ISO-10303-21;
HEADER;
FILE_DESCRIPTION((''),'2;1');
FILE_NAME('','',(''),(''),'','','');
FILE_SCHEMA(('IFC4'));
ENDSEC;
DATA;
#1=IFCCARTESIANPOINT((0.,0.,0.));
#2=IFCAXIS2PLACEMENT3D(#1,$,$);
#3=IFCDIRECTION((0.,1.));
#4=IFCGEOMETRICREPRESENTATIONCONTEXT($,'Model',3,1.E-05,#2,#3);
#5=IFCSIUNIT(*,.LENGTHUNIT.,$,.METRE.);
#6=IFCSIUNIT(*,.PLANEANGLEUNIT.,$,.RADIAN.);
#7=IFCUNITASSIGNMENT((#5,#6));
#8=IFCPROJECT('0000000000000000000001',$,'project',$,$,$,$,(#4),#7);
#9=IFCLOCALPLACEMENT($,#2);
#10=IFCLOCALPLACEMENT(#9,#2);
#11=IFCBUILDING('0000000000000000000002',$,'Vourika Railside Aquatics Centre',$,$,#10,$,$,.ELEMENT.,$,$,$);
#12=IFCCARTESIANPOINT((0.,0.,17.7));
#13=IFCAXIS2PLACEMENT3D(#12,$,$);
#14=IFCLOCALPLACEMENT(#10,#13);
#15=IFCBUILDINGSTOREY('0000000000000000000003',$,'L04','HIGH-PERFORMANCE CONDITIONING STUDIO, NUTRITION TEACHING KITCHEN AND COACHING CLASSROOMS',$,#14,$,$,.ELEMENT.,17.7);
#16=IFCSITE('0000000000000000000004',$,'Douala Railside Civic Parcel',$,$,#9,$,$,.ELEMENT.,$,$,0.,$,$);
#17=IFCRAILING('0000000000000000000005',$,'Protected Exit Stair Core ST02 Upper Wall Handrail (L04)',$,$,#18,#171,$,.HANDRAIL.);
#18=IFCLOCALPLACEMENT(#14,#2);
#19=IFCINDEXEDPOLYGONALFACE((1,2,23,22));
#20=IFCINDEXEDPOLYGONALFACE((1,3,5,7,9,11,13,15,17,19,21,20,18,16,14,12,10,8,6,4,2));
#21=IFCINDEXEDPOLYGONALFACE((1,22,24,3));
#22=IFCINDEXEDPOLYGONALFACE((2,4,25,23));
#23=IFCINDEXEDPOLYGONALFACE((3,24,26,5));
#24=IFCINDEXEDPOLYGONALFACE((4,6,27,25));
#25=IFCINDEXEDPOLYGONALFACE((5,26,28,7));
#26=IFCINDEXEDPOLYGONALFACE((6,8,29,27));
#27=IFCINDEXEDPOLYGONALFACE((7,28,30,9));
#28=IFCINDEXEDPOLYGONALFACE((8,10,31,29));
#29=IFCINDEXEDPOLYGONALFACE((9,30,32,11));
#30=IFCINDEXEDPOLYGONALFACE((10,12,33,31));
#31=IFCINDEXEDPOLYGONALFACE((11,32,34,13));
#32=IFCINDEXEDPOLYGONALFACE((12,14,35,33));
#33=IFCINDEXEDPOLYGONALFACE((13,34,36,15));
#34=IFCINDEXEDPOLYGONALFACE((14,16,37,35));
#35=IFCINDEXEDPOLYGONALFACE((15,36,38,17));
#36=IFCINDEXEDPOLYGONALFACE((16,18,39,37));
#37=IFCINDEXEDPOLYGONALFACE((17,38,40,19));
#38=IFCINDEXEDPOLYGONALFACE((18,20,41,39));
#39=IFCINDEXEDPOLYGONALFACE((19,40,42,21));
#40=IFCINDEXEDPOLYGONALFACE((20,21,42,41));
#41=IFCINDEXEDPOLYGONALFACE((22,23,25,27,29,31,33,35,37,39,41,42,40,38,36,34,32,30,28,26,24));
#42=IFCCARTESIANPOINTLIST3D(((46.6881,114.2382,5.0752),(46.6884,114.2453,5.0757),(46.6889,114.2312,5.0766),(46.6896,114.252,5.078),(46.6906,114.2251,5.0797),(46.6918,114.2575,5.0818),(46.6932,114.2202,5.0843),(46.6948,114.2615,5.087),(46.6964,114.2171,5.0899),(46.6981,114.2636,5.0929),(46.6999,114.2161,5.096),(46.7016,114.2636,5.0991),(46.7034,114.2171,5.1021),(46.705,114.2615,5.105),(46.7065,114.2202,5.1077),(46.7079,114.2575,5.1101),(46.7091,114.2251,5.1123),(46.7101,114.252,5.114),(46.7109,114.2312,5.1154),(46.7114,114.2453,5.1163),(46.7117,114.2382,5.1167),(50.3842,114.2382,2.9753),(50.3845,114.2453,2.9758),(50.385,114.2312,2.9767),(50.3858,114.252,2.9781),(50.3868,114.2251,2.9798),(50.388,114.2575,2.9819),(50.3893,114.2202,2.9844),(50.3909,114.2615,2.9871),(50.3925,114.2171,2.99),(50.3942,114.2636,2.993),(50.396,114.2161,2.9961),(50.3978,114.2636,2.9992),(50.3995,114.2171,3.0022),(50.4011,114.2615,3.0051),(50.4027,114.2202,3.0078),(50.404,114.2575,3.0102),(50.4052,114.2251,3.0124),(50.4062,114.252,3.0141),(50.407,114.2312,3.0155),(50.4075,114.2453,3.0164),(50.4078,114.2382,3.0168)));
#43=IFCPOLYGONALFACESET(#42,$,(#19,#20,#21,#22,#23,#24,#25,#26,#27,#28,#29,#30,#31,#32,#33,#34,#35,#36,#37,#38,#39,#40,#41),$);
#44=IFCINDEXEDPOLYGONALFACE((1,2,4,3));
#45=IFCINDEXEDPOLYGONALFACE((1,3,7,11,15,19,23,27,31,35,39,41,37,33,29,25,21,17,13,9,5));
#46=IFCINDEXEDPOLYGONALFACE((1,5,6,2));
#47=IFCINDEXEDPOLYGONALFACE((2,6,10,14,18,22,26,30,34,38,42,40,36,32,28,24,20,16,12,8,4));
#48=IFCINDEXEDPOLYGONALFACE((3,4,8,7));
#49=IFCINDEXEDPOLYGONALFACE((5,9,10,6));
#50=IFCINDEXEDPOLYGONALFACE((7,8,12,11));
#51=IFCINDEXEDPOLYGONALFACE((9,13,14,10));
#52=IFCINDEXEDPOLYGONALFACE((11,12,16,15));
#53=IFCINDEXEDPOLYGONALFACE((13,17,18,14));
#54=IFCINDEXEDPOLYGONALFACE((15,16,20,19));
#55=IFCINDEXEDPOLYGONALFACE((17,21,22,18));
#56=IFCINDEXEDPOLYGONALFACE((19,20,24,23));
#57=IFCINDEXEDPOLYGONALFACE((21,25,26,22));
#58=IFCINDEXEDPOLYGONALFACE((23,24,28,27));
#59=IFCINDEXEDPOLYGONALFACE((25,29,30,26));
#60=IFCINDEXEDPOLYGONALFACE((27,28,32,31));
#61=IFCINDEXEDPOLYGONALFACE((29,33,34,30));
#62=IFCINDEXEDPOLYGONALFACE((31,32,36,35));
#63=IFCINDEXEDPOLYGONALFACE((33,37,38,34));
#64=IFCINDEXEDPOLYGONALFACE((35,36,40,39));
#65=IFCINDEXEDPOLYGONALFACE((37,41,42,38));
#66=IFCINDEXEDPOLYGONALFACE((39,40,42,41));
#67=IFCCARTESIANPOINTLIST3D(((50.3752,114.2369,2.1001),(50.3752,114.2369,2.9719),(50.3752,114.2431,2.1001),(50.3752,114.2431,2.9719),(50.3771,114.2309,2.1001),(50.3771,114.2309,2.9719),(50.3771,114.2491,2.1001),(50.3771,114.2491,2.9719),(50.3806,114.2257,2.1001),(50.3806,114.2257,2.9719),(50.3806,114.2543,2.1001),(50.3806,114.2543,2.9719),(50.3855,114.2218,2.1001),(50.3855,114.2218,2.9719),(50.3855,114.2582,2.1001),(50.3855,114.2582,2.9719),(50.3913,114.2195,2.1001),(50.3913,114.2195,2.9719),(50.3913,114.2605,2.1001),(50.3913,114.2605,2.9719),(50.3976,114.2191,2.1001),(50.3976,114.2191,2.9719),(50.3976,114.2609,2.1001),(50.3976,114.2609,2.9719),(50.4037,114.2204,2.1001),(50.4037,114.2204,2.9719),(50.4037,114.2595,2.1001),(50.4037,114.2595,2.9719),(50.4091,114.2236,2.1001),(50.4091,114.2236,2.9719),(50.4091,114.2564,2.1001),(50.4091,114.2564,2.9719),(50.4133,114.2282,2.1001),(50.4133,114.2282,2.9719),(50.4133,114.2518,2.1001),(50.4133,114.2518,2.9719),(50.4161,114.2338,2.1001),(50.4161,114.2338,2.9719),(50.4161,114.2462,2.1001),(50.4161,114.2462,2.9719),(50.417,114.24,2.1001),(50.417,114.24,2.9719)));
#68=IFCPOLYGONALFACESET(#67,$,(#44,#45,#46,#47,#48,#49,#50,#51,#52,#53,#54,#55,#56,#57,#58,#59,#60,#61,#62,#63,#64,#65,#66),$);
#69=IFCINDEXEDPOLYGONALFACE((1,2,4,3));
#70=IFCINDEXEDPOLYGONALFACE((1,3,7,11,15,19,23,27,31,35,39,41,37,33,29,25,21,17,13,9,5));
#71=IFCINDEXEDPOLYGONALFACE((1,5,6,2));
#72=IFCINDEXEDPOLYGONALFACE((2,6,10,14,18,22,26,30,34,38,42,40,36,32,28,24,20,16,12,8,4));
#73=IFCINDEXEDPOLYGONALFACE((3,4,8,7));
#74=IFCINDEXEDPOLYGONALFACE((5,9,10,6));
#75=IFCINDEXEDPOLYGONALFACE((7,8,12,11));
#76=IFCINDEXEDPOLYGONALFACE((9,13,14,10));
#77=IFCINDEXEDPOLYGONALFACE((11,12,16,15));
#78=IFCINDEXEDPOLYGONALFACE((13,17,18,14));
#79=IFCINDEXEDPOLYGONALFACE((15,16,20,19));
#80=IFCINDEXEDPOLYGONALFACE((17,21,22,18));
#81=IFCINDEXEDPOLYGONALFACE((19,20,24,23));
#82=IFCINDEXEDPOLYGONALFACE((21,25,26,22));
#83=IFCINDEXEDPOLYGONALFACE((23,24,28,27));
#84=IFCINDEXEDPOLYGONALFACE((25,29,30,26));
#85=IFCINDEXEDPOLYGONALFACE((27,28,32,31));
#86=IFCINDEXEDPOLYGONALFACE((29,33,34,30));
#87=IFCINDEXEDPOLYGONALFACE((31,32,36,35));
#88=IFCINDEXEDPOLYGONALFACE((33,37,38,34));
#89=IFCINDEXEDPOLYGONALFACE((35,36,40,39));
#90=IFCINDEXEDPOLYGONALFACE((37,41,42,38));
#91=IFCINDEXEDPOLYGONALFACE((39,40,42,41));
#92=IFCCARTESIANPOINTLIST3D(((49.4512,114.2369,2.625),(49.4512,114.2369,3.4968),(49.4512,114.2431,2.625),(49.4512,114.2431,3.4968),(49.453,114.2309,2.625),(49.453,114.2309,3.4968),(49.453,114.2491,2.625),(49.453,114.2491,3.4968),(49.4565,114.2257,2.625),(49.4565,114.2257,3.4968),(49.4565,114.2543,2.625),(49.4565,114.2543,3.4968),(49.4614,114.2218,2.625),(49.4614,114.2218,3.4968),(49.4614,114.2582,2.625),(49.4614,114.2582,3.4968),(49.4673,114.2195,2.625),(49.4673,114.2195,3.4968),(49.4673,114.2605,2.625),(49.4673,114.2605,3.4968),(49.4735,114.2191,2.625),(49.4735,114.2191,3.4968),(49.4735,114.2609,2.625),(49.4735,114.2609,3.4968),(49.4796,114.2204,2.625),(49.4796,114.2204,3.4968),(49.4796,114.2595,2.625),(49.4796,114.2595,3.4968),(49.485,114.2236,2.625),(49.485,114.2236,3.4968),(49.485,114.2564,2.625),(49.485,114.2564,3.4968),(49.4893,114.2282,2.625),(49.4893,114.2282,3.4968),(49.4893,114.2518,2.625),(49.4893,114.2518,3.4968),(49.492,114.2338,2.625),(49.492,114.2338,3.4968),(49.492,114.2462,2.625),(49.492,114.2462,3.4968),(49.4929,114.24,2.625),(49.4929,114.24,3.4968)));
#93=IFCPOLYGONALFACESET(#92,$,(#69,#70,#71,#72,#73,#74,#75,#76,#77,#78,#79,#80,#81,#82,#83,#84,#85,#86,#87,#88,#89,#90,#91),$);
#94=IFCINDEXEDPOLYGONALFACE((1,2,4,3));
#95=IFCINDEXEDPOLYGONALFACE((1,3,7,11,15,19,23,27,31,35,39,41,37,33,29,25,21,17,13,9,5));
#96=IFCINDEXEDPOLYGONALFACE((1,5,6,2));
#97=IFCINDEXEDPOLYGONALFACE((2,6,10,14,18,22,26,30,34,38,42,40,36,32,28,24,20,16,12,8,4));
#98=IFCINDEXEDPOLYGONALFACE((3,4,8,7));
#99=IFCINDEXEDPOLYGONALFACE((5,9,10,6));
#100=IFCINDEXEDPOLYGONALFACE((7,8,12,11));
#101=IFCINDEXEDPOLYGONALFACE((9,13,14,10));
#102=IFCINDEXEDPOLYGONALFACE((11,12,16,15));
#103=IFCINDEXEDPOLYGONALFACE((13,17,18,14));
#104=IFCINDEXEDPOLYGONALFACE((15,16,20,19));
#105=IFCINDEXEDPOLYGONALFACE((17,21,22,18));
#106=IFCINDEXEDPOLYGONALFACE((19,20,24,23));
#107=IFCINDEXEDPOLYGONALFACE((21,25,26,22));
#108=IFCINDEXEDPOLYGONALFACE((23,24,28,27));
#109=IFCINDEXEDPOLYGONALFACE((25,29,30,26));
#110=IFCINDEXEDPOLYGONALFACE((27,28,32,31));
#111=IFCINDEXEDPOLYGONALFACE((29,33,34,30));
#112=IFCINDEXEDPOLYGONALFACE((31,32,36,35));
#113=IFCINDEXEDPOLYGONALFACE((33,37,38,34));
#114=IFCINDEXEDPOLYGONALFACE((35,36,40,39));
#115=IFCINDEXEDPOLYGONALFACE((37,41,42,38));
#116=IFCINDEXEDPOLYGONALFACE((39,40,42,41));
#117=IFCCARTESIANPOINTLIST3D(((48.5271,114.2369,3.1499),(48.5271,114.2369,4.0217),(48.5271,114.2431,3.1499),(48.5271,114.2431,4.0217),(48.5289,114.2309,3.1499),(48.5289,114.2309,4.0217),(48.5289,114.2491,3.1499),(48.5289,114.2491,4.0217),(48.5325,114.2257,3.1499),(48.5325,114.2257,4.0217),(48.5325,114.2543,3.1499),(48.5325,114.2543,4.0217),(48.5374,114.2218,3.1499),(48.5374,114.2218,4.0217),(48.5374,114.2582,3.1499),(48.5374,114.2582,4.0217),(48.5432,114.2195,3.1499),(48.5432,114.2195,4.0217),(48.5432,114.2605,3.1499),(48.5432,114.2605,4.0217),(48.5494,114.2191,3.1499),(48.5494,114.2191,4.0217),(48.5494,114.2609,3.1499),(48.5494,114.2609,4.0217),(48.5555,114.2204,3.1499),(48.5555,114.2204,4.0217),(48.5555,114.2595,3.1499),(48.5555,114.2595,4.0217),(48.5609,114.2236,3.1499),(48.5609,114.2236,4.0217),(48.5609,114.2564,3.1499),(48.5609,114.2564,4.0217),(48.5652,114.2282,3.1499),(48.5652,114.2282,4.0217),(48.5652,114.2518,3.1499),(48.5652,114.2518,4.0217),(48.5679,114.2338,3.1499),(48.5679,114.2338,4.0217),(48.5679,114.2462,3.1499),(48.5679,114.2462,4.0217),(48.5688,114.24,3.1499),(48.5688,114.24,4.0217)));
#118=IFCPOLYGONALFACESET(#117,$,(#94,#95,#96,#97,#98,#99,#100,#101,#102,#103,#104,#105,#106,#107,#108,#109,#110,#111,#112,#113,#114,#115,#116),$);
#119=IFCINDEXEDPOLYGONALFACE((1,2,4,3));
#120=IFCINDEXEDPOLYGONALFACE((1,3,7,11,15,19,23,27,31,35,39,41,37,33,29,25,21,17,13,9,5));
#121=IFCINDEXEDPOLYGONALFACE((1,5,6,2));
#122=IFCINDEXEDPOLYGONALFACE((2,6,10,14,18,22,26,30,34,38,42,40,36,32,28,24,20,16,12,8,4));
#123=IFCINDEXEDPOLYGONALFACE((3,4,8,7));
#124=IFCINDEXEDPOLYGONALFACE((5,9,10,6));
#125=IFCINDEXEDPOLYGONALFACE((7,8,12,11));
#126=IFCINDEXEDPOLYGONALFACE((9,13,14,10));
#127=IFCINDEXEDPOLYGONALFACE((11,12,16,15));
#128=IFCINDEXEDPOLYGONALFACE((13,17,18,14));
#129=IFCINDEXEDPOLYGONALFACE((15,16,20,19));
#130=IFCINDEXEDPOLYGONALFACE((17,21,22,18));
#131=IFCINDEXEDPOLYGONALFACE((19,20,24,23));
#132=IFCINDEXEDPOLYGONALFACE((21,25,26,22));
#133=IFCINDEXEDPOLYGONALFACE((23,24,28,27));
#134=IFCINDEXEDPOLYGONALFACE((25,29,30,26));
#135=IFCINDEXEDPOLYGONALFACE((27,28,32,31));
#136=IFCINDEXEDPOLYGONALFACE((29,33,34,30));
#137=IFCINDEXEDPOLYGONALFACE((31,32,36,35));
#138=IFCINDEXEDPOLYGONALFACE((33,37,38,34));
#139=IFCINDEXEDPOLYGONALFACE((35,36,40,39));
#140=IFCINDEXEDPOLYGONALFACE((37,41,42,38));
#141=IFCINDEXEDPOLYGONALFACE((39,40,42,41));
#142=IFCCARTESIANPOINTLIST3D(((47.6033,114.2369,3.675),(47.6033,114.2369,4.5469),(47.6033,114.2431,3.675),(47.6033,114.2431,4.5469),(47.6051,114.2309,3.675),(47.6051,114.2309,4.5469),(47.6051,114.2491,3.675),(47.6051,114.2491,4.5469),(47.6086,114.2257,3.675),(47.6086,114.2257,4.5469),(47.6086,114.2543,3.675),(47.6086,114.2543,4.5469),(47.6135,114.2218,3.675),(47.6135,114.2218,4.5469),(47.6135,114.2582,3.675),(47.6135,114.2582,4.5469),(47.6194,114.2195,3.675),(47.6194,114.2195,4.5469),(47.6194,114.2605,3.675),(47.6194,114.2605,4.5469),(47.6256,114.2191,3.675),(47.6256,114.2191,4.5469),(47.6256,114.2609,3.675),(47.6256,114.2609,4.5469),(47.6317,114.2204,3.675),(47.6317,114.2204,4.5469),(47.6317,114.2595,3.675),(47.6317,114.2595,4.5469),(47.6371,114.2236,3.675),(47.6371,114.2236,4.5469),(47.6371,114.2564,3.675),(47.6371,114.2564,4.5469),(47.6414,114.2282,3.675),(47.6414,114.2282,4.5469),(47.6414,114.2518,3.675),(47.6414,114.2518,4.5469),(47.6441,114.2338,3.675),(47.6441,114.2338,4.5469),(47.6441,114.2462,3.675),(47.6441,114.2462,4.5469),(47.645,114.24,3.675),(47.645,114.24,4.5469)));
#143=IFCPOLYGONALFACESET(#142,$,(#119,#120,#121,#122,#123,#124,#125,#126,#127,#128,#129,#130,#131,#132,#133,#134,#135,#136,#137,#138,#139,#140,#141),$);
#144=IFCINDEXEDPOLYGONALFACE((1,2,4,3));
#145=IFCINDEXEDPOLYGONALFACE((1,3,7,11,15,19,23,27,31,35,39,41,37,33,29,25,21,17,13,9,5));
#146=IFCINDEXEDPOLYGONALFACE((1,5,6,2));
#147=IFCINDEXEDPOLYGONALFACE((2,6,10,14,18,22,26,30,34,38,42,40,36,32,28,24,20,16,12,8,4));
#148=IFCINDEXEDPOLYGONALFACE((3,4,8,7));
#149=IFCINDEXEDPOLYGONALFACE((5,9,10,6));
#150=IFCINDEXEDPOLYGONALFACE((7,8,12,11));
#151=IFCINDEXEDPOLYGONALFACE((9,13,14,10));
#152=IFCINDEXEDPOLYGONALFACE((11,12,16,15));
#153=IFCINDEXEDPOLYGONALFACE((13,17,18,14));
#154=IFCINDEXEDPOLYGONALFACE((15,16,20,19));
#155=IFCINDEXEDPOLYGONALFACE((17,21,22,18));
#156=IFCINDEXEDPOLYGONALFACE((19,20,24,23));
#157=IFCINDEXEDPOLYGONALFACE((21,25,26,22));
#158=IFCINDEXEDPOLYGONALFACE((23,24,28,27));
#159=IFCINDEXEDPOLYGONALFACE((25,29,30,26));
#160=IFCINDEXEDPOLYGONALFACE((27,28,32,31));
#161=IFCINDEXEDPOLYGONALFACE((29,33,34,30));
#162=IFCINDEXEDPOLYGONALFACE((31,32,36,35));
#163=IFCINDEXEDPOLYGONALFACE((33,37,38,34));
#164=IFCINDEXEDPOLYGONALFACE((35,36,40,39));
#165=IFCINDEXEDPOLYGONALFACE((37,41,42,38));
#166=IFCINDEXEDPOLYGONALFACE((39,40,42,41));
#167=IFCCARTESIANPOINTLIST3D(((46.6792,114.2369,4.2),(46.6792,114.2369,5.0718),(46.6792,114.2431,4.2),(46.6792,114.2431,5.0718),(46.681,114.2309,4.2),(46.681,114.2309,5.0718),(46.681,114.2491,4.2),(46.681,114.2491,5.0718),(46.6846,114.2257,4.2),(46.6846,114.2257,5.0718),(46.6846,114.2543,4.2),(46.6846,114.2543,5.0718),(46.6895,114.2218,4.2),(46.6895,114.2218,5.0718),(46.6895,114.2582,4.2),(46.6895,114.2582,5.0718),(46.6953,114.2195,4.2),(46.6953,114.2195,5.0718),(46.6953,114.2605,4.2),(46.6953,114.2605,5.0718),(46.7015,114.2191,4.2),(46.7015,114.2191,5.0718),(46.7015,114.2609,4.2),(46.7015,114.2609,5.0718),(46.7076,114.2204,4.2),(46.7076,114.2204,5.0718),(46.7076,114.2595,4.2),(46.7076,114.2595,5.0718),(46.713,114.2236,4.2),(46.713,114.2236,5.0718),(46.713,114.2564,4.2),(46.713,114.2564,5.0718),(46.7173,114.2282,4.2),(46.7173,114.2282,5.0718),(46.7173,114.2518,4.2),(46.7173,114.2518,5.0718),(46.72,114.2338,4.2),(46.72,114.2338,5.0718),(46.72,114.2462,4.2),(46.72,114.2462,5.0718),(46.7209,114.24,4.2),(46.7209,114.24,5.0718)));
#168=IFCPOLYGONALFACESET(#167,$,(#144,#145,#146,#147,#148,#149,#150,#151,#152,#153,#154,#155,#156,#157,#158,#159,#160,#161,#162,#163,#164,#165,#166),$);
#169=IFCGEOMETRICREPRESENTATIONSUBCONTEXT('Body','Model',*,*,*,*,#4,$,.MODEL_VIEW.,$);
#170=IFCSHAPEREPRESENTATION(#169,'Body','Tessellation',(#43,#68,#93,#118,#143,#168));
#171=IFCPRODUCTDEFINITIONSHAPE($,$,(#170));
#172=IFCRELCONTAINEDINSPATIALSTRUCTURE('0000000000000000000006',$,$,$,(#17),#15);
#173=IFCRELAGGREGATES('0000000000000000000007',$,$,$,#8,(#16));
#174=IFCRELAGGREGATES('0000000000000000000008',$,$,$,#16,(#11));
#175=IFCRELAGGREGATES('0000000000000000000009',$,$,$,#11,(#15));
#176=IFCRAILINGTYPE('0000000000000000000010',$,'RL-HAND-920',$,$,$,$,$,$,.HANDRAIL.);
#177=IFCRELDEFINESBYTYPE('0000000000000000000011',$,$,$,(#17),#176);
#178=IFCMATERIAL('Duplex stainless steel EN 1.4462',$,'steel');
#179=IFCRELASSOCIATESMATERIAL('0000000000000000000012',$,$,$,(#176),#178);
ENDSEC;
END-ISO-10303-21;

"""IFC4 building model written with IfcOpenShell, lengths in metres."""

from ifc_helpers import new_model, si_unit, direction, frame, origin, origin_2d, place, context, subcontext, project, spatial, circle, extrude, material, type_object, element, save


model = new_model("IFC4")

# Units and contexts
model_context = context("Model", 3, precision=1e-05, world=origin(), true_north=direction((0.0, 1.0)))
body_context = subcontext(model_context, "Body", "Model", "MODEL_VIEW")
ifc_project = project(units=[si_unit("LENGTHUNIT", "METRE"), si_unit("PLANEANGLEUNIT", "RADIAN")], contexts=[model_context])

# Site, building, storey
site_placement = place(None, origin())
site = spatial("IfcSite", under=ifc_project, at=site_placement, Name="Douala Railside Civic Parcel", CompositionType="ELEMENT", RefElevation=0.0)
building_placement = place(site_placement, origin())
building = spatial("IfcBuilding", under=site, at=building_placement, Name="Vourika Railside Aquatics Centre", CompositionType="ELEMENT")
storey_placement = place(building_placement, frame((0.0, 0.0, 17.7)))
storey = spatial("IfcBuildingStorey", under=building, at=storey_placement, Name="L04", Description="HIGH-PERFORMANCE CONDITIONING STUDIO, NUTRITION TEACHING KITCHEN AND COACHING CLASSROOMS", CompositionType="ELEMENT", Elevation=17.7)

# Railing
ifc_material_1 = material(Name="Duplex stainless steel EN 1.4462", Category="steel")
railing_type_1 = type_object("IfcRailingType", Name="RL-HAND-920", PredefinedType="HANDRAIL", material=ifc_material_1)
railing_1_placement = place(storey_placement, frame((50.396, 114.24, 2.1001)))
element("IfcRailing", 1, at=railing_1_placement, inside=storey, type_object=railing_type_1, Name="Protected Exit Stair Core ST02 Upper Wall Handrail (L04)", PredefinedType="HANDRAIL", context=body_context, shape_type="SweptSolid", body=[
    extrude(circle(Radius=0.0239, at=origin_2d()), frame((0.0, 0.0, 0.896), z_axis=(-0.869474, 0.0, 0.493979), x_axis=(0.0, -1.0, 0.0)), (0.0, 0.0, 1.0), 4.251),
    extrude(circle(Radius=0.021, at=origin_2d()), origin(), (0.0, 0.0, 1.0), 0.8718),
    extrude(circle(Radius=0.021, at=origin_2d()), frame((-0.9241, 0.0, 0.5249)), (0.0, 0.0, 1.0), 0.8718),
    extrude(circle(Radius=0.021, at=origin_2d()), frame((-1.8481, 0.0, 1.0498)), (0.0, 0.0, 1.0), 0.8718),
    extrude(circle(Radius=0.021, at=origin_2d()), frame((-2.772, 0.0, 1.575)), (0.0, 0.0, 1.0), 0.8718),
    extrude(circle(Radius=0.021, at=origin_2d()), frame((-3.696, 0.0, 2.0999)), (0.0, 0.0, 1.0), 0.8718),
])

save(model, "model.ifc")
